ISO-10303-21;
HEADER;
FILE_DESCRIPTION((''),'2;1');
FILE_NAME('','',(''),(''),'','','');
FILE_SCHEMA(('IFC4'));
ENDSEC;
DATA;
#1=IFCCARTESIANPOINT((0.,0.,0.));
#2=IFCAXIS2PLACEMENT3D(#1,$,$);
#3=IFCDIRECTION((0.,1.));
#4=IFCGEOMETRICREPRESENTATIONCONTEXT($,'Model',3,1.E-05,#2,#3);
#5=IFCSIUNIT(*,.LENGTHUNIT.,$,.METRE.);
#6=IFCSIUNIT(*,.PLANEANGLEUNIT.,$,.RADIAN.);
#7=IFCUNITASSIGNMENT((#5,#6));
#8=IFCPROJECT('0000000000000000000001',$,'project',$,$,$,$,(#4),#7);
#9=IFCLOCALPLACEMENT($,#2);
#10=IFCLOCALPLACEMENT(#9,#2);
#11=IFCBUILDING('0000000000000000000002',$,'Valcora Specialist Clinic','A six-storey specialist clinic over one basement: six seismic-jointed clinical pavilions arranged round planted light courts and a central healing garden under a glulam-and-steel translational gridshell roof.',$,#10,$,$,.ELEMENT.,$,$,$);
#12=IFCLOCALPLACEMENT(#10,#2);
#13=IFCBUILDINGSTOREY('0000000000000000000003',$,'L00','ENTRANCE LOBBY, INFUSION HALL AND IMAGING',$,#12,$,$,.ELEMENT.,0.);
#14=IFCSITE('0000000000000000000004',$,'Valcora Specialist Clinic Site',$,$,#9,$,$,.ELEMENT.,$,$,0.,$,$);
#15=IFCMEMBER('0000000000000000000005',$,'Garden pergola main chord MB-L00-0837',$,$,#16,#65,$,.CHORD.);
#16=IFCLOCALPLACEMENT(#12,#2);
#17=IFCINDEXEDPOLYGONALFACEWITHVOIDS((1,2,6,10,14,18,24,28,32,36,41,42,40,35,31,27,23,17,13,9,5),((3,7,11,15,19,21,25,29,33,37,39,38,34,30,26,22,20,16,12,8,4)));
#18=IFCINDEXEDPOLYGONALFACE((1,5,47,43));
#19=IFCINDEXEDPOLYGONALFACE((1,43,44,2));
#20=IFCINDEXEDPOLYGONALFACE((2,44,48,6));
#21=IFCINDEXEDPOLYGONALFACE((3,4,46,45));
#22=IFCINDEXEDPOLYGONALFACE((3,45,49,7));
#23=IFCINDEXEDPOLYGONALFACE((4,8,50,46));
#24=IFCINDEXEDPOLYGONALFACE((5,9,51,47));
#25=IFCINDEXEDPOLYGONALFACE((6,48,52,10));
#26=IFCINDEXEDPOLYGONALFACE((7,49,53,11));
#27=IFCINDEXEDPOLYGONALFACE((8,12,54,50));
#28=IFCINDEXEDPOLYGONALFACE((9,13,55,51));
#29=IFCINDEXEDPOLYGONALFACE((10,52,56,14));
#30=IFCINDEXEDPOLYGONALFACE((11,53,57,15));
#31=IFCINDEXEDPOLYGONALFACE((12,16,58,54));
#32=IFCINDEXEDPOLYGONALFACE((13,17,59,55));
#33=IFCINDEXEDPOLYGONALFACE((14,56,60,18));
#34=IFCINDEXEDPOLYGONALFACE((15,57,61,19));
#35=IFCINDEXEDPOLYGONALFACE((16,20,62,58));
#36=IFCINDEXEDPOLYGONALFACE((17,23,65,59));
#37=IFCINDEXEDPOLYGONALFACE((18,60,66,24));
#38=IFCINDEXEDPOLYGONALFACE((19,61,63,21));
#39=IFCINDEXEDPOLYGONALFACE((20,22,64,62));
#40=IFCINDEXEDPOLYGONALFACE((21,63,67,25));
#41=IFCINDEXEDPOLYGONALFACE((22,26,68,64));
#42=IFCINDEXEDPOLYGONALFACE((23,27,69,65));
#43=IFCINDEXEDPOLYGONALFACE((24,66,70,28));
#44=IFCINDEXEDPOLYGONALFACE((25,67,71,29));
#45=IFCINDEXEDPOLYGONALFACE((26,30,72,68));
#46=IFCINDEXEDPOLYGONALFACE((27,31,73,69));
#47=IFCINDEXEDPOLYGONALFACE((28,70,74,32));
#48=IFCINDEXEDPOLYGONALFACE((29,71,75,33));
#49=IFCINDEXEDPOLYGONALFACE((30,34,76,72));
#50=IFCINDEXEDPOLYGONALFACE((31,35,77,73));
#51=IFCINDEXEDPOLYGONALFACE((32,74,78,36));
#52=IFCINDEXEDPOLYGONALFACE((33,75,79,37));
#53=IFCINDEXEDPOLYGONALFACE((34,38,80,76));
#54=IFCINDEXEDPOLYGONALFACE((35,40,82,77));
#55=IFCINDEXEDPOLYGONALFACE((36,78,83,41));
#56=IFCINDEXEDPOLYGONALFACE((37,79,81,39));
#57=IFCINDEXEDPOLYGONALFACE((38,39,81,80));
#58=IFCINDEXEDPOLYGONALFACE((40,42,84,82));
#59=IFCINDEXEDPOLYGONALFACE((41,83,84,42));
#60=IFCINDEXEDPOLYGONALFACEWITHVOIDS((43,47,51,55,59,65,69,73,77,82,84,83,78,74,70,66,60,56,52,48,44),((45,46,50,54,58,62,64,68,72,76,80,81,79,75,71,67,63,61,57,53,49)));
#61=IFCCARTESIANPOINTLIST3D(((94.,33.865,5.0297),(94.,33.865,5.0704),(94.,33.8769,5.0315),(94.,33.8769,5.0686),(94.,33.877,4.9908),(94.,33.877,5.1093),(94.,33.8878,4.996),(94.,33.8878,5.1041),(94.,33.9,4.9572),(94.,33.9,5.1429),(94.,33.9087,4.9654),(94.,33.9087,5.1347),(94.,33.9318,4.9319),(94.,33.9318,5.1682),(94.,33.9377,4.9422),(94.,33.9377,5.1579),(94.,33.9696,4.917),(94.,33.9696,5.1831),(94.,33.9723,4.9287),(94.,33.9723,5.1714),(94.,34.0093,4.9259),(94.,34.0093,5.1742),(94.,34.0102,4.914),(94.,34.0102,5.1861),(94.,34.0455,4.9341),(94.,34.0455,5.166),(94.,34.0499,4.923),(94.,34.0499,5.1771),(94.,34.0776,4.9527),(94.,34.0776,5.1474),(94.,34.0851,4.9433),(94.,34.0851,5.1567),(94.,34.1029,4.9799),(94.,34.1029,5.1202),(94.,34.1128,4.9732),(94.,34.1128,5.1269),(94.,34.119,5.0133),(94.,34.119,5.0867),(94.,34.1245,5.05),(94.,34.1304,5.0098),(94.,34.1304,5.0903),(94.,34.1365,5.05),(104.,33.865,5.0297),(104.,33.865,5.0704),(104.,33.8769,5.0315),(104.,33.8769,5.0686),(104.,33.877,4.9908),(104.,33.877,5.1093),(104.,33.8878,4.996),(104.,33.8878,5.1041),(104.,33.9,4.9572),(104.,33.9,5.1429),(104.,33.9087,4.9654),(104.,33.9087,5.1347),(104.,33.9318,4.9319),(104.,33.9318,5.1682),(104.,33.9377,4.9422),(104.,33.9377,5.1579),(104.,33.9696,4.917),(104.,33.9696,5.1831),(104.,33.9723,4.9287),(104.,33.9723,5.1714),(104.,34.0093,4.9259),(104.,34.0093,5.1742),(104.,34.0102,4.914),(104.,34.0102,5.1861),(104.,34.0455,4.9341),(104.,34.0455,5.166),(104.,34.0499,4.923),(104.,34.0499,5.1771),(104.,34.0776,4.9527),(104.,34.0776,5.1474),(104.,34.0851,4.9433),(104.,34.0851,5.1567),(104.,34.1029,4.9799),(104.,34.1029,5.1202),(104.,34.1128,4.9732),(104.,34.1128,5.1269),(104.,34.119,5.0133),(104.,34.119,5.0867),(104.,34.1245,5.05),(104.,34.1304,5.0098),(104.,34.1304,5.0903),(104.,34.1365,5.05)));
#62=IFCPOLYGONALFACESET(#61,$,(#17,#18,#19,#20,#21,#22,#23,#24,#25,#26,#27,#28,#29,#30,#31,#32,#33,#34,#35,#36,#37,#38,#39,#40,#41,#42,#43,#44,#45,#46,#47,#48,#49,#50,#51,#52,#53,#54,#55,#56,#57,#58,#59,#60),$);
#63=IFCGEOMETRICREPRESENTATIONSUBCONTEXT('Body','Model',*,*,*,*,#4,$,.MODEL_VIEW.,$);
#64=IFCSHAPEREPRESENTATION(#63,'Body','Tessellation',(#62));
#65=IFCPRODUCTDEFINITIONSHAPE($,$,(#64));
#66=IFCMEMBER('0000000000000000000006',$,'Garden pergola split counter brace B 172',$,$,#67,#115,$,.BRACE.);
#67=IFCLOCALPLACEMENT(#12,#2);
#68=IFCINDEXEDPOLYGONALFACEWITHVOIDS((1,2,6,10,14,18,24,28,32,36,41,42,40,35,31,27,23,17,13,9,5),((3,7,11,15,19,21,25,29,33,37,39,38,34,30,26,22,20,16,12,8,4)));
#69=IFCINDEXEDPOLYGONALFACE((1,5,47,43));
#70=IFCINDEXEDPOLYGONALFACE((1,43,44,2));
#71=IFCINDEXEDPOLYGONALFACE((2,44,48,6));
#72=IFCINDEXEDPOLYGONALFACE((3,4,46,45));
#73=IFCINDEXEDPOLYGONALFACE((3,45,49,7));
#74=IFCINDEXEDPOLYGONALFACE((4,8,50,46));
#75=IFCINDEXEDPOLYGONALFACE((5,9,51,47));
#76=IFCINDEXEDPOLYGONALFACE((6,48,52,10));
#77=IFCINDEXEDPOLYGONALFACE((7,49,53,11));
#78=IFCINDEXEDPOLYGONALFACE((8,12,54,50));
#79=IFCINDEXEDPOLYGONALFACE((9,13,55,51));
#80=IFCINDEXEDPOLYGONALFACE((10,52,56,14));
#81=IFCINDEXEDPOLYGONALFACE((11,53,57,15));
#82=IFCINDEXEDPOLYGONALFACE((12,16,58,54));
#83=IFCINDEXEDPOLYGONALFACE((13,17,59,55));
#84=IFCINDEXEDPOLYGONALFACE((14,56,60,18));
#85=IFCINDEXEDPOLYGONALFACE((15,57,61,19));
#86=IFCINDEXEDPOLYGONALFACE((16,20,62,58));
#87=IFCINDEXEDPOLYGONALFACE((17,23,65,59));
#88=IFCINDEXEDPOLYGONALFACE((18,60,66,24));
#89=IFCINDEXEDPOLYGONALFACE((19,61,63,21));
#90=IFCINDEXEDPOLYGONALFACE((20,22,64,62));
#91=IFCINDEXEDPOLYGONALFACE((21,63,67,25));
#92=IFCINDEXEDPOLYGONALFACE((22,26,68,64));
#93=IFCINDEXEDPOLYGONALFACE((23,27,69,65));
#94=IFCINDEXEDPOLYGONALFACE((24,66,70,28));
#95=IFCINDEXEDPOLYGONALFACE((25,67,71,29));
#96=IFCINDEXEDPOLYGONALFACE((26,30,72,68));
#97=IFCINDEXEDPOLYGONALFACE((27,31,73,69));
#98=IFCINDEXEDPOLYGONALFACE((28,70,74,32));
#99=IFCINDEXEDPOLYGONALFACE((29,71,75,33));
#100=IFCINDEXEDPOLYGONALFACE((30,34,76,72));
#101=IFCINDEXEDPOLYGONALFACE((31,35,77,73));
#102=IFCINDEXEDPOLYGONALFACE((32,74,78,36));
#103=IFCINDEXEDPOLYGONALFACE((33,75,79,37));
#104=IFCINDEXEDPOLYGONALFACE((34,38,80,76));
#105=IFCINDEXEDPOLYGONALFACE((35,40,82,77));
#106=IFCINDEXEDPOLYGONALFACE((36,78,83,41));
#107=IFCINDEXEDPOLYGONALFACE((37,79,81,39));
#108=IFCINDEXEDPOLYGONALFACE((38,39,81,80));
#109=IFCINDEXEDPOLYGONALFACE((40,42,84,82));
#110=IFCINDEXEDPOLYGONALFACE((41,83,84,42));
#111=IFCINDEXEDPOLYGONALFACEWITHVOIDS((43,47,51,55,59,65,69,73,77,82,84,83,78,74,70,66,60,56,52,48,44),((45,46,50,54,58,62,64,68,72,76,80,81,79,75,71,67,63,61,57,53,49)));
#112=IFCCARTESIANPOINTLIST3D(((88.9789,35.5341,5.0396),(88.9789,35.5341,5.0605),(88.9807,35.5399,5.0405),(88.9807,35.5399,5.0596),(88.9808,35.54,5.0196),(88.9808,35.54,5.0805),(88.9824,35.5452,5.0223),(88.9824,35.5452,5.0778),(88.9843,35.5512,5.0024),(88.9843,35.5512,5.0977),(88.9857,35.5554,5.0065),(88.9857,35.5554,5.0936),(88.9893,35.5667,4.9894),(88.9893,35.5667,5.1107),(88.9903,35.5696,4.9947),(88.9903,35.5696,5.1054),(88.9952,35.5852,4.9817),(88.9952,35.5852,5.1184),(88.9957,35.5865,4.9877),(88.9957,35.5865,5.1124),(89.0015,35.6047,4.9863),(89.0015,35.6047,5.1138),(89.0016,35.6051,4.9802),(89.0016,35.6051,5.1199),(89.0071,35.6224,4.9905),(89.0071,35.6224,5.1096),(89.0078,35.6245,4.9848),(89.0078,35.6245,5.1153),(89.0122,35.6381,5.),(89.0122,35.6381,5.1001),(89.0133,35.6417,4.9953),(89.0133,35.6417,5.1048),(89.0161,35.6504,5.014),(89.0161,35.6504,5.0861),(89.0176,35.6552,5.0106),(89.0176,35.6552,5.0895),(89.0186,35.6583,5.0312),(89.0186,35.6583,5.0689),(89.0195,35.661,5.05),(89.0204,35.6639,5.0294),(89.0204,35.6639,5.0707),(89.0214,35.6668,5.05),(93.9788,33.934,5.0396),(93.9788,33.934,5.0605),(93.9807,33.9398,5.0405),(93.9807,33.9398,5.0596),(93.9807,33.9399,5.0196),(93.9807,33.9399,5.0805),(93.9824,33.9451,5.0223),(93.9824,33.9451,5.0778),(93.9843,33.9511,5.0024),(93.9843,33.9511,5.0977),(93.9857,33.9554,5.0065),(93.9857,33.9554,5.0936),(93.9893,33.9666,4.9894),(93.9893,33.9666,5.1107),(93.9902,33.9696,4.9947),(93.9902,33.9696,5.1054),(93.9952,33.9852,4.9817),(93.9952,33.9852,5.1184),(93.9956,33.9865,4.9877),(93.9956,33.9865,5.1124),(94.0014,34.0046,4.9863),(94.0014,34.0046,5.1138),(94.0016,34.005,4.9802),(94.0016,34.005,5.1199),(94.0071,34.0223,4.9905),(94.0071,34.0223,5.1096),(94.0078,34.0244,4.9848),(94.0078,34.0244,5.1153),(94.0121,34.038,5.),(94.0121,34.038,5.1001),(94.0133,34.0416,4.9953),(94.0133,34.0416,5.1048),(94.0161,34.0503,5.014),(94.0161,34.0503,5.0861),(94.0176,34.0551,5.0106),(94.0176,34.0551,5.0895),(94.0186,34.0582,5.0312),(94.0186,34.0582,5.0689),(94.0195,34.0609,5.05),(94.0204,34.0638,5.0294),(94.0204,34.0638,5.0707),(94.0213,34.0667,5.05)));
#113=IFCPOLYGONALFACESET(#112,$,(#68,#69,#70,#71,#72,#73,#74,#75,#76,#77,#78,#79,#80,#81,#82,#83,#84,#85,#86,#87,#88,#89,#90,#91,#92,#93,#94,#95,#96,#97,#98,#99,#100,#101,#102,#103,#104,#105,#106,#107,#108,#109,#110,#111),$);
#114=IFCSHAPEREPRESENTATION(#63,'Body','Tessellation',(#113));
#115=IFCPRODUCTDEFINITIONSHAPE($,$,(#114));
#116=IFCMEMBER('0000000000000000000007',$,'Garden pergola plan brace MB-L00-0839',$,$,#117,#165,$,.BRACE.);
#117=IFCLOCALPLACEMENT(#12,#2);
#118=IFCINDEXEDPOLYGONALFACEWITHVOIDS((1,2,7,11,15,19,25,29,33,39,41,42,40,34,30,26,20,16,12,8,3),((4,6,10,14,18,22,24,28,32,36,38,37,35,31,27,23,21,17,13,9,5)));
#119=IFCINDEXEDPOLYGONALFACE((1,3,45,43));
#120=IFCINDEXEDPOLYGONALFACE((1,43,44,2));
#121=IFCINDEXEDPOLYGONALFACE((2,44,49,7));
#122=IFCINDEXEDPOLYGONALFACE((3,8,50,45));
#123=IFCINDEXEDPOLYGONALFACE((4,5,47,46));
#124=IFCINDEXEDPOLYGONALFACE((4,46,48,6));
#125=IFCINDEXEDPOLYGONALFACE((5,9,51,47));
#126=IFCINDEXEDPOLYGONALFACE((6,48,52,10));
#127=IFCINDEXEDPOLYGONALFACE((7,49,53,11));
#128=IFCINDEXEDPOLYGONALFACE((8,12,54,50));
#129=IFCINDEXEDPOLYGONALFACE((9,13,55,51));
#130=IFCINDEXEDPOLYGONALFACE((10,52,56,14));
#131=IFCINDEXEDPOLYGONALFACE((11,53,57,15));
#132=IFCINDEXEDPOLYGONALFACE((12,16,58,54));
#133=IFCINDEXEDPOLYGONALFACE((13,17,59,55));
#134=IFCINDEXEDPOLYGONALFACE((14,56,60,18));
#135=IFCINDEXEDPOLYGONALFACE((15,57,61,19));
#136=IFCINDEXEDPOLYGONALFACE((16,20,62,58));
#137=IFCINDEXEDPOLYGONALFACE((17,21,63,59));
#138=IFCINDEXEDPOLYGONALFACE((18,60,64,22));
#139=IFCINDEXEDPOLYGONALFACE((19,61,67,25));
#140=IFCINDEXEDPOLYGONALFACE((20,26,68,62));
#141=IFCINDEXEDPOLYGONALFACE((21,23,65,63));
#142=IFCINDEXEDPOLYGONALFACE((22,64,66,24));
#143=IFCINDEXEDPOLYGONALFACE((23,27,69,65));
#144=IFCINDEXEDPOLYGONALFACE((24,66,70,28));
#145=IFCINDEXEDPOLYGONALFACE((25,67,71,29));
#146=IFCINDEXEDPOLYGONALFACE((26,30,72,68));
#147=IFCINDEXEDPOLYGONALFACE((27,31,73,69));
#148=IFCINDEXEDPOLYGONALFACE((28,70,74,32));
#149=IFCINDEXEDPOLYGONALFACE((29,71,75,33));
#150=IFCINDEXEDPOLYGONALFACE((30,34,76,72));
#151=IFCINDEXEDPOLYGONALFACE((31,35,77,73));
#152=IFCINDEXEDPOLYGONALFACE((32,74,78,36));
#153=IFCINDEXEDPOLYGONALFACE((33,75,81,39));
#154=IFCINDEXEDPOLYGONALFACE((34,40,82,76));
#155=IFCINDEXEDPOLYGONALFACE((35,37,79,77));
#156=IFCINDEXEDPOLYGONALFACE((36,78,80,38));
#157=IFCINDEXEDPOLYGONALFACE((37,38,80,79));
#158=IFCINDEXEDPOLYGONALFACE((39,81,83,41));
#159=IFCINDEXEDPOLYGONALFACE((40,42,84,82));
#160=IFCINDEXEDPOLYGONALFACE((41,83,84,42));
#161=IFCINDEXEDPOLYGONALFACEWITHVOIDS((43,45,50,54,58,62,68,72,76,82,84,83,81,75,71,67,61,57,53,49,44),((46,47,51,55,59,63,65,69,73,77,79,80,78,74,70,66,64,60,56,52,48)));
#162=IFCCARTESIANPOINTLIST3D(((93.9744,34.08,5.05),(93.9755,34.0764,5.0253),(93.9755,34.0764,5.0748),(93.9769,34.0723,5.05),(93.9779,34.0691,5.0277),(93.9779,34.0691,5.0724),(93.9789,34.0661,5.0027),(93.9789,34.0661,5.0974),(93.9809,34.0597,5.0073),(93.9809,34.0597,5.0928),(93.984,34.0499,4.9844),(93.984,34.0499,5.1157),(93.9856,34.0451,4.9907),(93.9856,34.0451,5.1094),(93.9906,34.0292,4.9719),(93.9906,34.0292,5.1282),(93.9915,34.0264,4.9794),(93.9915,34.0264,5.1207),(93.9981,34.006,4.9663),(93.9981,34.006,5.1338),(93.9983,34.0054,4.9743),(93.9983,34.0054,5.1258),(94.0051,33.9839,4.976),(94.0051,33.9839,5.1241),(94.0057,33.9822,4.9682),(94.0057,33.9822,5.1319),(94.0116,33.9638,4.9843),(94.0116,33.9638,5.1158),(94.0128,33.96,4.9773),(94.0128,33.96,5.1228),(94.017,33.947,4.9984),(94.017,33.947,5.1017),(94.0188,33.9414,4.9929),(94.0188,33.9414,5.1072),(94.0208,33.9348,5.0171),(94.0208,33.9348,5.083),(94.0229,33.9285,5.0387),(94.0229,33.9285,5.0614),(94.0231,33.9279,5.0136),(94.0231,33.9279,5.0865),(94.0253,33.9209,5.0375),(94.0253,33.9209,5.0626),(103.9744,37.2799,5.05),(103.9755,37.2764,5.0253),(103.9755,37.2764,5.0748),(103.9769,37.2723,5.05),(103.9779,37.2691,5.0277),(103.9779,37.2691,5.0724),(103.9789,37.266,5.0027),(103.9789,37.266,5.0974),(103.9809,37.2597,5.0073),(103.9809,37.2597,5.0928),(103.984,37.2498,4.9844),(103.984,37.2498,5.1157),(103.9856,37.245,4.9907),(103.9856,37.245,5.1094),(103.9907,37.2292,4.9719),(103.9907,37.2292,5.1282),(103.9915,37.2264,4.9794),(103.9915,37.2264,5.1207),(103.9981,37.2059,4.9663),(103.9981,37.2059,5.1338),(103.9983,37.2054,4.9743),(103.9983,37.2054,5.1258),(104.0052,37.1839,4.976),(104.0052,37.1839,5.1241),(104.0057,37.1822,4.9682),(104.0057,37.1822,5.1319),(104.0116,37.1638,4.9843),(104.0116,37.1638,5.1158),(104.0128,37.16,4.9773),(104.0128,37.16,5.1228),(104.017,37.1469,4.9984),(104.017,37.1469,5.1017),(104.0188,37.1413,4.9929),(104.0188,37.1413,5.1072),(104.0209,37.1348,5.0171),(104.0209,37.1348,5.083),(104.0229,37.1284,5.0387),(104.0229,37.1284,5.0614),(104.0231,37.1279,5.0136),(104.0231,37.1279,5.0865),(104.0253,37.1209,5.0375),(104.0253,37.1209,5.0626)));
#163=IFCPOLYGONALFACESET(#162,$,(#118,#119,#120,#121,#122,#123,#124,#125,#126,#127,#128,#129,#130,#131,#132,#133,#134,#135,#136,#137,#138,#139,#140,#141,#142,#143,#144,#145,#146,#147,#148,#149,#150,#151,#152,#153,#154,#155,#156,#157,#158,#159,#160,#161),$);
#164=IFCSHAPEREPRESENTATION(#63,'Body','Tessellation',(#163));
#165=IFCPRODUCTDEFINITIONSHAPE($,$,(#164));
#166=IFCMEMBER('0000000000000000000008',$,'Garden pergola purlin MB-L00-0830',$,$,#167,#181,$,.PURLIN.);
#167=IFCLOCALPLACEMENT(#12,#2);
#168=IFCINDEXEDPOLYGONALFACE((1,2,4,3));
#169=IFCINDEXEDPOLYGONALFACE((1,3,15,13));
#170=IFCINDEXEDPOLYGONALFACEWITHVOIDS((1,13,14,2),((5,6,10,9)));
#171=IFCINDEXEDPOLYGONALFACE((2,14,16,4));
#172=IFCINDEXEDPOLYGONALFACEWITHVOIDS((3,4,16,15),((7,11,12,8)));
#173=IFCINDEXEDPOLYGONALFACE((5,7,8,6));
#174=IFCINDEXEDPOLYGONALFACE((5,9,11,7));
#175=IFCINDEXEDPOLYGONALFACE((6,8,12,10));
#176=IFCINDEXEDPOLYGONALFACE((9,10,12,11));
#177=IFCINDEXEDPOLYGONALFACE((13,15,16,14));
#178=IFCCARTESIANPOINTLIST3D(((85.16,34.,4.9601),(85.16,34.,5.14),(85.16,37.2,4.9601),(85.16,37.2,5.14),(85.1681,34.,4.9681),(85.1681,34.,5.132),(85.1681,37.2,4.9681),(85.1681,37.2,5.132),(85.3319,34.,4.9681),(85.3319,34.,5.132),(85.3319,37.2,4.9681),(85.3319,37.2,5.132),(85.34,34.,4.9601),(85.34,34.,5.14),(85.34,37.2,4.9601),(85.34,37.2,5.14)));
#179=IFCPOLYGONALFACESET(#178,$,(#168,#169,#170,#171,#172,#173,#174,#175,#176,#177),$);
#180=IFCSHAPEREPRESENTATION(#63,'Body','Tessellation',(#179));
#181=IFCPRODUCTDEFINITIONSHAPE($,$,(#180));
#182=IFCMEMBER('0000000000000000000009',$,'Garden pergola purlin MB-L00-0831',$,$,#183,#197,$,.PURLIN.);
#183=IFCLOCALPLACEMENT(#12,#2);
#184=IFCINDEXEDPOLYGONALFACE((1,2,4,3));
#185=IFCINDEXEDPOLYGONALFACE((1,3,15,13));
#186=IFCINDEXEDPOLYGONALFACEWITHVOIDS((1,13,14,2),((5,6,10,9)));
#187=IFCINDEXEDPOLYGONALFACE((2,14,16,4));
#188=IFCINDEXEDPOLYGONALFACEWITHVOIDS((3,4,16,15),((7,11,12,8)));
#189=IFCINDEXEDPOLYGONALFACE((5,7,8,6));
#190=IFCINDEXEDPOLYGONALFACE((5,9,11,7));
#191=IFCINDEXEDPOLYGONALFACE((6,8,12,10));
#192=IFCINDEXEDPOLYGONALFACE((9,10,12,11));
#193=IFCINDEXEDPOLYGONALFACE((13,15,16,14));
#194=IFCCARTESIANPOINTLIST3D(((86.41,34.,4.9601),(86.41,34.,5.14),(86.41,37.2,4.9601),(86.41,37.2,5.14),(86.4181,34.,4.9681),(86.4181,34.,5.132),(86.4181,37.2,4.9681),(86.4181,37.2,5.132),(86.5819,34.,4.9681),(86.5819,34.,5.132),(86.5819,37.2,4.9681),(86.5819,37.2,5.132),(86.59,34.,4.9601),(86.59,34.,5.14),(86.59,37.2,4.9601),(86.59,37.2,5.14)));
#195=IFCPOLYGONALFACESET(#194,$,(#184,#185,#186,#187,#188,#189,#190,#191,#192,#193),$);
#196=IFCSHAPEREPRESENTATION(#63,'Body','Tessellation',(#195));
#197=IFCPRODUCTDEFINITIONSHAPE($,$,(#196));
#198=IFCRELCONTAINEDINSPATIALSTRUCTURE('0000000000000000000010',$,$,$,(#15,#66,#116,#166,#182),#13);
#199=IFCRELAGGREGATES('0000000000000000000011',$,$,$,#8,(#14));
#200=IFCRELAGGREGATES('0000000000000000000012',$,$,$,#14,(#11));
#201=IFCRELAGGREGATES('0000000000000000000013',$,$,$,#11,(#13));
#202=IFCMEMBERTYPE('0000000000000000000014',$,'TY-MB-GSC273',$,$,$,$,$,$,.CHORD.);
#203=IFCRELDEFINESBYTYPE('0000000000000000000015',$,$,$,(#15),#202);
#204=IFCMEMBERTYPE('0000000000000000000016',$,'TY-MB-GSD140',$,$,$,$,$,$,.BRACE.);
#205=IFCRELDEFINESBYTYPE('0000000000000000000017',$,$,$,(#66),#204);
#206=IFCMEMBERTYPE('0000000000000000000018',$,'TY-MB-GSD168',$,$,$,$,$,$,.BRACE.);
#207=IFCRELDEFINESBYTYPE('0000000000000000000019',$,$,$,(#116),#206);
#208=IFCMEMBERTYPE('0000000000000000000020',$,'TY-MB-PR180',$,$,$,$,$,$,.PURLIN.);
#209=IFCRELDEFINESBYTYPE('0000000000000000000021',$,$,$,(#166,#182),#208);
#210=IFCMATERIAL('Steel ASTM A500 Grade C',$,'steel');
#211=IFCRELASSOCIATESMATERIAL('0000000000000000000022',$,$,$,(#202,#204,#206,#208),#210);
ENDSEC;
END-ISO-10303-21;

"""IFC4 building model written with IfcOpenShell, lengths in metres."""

from ifc_helpers import new_model, si_unit, direction, frame, origin, origin_2d, place, context, subcontext, project, spatial, hollow_rectangle, hollow_circle, extrude, material, material_profile, profile_set, type_object, element, save


model = new_model("IFC4")

# Units and contexts
model_context = context("Model", 3, precision=1e-05, world=origin(), true_north=direction((0.0, 1.0)))
body_context = subcontext(model_context, "Body", "Model", "MODEL_VIEW")
ifc_project = project(units=[si_unit("LENGTHUNIT", "METRE"), si_unit("PLANEANGLEUNIT", "RADIAN")], contexts=[model_context])

# Site, building, storey
site_placement = place(None, origin())
site = spatial("IfcSite", under=ifc_project, at=site_placement, Name="Valcora Specialist Clinic Site", CompositionType="ELEMENT", RefElevation=0.0)
building_placement = place(site_placement, origin())
building = spatial("IfcBuilding", under=site, at=building_placement, Name="Valcora Specialist Clinic", Description="A six-storey specialist clinic over one basement: six seismic-jointed clinical pavilions arranged round planted light courts and a central healing garden under a glulam-and-steel translational gridshell roof.", CompositionType="ELEMENT")
storey_placement = place(building_placement, origin())
storey = spatial("IfcBuildingStorey", under=building, at=storey_placement, Name="L00", Description="ENTRANCE LOBBY, INFUSION HALL AND IMAGING", CompositionType="ELEMENT", Elevation=0.0)

# Members
ifc_material_1 = material(Name="Steel ASTM A500 Grade C", Category="steel")
ifc_material_profile_1 = material_profile(ifc_material_1, hollow_circle(Radius=0.1365, WallThickness=0.012, at=origin_2d()), Name="ST-CHS-273X12")
ifc_profile_set_1 = profile_set([ifc_material_profile_1], Name="Steel ASTM A500 Grade C")
member_type_1 = type_object("IfcMemberType", Name="TY-MB-GSC273", PredefinedType="CHORD", material=ifc_profile_set_1)
member_1_placement = place(storey_placement, frame((94.0, 34.0, 5.05), z_axis=(1.0, 0.0, 0.0), x_axis=(0.0, 1.0, 0.0)))
element("IfcMember", 1, at=member_1_placement, inside=storey, type_object=member_type_1, Name="Garden pergola main chord MB-L00-0837", PredefinedType="CHORD", context=body_context, shape_type="SweptSolid", body=[
    extrude(hollow_circle(Radius=0.1365, WallThickness=0.012, at=origin_2d()), origin(), (0.0, 0.0, 1.0), 10.0),
])
ifc_material_profile_2 = material_profile(ifc_material_1, hollow_circle(Radius=0.0701, WallThickness=0.0061, at=origin_2d()), Name="ST-CHS-140X6")
ifc_profile_set_2 = profile_set([ifc_material_profile_2], Name="Steel ASTM A500 Grade C")
member_type_2 = type_object("IfcMemberType", Name="TY-MB-GSD140", PredefinedType="BRACE", material=ifc_profile_set_2)
member_2_placement = place(storey_placement, frame((89.0, 35.6001, 5.05), z_axis=(0.952419, -0.304793, 0.0), x_axis=(0.304793, 0.952419, 0.0)))
element("IfcMember", 2, at=member_2_placement, inside=storey, type_object=member_type_2, Name="Garden pergola split counter brace B 172", PredefinedType="BRACE", context=body_context, shape_type="SweptSolid", body=[
    extrude(hollow_circle(Radius=0.0701, WallThickness=0.0061, at=origin_2d()), origin(), (0.0, 0.0, 1.0), 5.2498),
])
ifc_material_profile_3 = material_profile(ifc_material_1, hollow_circle(Radius=0.084, WallThickness=0.0081, at=origin_2d()), Name="ST-CHS-168X8")
ifc_profile_set_3 = profile_set([ifc_material_profile_3], Name="Steel ASTM A500 Grade C")
member_type_3 = type_object("IfcMemberType", Name="TY-MB-GSD168", PredefinedType="BRACE", material=ifc_profile_set_3)
member_3_placement = place(storey_placement, frame((94.0, 34.0, 5.05), z_axis=(0.952425, 0.304772, 0.0), x_axis=(-0.304772, 0.952425, 0.0)))
element("IfcMember", 3, at=member_3_placement, inside=storey, type_object=member_type_3, Name="Garden pergola plan brace MB-L00-0839", PredefinedType="BRACE", context=body_context, shape_type="SweptSolid", body=[
    extrude(hollow_circle(Radius=0.084, WallThickness=0.0081, at=origin_2d()), origin(), (0.0, 0.0, 1.0), 10.4995),
])
ifc_material_profile_4 = material_profile(ifc_material_1, hollow_rectangle(XDim=0.1799, YDim=0.1799, WallThickness=0.0081, at=origin_2d()), Name="ST-RHS-180X180X8")
ifc_profile_set_4 = profile_set([ifc_material_profile_4], Name="Steel ASTM A500 Grade C")
member_type_4 = type_object("IfcMemberType", Name="TY-MB-PR180", PredefinedType="PURLIN", material=ifc_profile_set_4)
for number, where, z_axis, x_axis, name in (
    (4, (85.25, 34.0, 5.05), (0.0, 1.0, 0.0), (-1.0, 0.0, 0.0), "Garden pergola purlin MB-L00-0830"),
    (5, (86.5, 34.0, 5.05), (0.0, 1.0, 0.0), (-1.0, 0.0, 0.0), "Garden pergola purlin MB-L00-0831"),
):
    element("IfcMember", number, at=place(storey_placement, frame(where, z_axis=z_axis, x_axis=x_axis)), inside=storey, type_object=member_type_4, Name=name, PredefinedType="PURLIN", context=body_context, shape_type="SweptSolid", body=[
        extrude(hollow_rectangle(XDim=0.1799, YDim=0.1799, WallThickness=0.0081, at=origin_2d()), origin(), (0.0, 0.0, 1.0), 3.2),
    ])

save(model, "model.ifc")
